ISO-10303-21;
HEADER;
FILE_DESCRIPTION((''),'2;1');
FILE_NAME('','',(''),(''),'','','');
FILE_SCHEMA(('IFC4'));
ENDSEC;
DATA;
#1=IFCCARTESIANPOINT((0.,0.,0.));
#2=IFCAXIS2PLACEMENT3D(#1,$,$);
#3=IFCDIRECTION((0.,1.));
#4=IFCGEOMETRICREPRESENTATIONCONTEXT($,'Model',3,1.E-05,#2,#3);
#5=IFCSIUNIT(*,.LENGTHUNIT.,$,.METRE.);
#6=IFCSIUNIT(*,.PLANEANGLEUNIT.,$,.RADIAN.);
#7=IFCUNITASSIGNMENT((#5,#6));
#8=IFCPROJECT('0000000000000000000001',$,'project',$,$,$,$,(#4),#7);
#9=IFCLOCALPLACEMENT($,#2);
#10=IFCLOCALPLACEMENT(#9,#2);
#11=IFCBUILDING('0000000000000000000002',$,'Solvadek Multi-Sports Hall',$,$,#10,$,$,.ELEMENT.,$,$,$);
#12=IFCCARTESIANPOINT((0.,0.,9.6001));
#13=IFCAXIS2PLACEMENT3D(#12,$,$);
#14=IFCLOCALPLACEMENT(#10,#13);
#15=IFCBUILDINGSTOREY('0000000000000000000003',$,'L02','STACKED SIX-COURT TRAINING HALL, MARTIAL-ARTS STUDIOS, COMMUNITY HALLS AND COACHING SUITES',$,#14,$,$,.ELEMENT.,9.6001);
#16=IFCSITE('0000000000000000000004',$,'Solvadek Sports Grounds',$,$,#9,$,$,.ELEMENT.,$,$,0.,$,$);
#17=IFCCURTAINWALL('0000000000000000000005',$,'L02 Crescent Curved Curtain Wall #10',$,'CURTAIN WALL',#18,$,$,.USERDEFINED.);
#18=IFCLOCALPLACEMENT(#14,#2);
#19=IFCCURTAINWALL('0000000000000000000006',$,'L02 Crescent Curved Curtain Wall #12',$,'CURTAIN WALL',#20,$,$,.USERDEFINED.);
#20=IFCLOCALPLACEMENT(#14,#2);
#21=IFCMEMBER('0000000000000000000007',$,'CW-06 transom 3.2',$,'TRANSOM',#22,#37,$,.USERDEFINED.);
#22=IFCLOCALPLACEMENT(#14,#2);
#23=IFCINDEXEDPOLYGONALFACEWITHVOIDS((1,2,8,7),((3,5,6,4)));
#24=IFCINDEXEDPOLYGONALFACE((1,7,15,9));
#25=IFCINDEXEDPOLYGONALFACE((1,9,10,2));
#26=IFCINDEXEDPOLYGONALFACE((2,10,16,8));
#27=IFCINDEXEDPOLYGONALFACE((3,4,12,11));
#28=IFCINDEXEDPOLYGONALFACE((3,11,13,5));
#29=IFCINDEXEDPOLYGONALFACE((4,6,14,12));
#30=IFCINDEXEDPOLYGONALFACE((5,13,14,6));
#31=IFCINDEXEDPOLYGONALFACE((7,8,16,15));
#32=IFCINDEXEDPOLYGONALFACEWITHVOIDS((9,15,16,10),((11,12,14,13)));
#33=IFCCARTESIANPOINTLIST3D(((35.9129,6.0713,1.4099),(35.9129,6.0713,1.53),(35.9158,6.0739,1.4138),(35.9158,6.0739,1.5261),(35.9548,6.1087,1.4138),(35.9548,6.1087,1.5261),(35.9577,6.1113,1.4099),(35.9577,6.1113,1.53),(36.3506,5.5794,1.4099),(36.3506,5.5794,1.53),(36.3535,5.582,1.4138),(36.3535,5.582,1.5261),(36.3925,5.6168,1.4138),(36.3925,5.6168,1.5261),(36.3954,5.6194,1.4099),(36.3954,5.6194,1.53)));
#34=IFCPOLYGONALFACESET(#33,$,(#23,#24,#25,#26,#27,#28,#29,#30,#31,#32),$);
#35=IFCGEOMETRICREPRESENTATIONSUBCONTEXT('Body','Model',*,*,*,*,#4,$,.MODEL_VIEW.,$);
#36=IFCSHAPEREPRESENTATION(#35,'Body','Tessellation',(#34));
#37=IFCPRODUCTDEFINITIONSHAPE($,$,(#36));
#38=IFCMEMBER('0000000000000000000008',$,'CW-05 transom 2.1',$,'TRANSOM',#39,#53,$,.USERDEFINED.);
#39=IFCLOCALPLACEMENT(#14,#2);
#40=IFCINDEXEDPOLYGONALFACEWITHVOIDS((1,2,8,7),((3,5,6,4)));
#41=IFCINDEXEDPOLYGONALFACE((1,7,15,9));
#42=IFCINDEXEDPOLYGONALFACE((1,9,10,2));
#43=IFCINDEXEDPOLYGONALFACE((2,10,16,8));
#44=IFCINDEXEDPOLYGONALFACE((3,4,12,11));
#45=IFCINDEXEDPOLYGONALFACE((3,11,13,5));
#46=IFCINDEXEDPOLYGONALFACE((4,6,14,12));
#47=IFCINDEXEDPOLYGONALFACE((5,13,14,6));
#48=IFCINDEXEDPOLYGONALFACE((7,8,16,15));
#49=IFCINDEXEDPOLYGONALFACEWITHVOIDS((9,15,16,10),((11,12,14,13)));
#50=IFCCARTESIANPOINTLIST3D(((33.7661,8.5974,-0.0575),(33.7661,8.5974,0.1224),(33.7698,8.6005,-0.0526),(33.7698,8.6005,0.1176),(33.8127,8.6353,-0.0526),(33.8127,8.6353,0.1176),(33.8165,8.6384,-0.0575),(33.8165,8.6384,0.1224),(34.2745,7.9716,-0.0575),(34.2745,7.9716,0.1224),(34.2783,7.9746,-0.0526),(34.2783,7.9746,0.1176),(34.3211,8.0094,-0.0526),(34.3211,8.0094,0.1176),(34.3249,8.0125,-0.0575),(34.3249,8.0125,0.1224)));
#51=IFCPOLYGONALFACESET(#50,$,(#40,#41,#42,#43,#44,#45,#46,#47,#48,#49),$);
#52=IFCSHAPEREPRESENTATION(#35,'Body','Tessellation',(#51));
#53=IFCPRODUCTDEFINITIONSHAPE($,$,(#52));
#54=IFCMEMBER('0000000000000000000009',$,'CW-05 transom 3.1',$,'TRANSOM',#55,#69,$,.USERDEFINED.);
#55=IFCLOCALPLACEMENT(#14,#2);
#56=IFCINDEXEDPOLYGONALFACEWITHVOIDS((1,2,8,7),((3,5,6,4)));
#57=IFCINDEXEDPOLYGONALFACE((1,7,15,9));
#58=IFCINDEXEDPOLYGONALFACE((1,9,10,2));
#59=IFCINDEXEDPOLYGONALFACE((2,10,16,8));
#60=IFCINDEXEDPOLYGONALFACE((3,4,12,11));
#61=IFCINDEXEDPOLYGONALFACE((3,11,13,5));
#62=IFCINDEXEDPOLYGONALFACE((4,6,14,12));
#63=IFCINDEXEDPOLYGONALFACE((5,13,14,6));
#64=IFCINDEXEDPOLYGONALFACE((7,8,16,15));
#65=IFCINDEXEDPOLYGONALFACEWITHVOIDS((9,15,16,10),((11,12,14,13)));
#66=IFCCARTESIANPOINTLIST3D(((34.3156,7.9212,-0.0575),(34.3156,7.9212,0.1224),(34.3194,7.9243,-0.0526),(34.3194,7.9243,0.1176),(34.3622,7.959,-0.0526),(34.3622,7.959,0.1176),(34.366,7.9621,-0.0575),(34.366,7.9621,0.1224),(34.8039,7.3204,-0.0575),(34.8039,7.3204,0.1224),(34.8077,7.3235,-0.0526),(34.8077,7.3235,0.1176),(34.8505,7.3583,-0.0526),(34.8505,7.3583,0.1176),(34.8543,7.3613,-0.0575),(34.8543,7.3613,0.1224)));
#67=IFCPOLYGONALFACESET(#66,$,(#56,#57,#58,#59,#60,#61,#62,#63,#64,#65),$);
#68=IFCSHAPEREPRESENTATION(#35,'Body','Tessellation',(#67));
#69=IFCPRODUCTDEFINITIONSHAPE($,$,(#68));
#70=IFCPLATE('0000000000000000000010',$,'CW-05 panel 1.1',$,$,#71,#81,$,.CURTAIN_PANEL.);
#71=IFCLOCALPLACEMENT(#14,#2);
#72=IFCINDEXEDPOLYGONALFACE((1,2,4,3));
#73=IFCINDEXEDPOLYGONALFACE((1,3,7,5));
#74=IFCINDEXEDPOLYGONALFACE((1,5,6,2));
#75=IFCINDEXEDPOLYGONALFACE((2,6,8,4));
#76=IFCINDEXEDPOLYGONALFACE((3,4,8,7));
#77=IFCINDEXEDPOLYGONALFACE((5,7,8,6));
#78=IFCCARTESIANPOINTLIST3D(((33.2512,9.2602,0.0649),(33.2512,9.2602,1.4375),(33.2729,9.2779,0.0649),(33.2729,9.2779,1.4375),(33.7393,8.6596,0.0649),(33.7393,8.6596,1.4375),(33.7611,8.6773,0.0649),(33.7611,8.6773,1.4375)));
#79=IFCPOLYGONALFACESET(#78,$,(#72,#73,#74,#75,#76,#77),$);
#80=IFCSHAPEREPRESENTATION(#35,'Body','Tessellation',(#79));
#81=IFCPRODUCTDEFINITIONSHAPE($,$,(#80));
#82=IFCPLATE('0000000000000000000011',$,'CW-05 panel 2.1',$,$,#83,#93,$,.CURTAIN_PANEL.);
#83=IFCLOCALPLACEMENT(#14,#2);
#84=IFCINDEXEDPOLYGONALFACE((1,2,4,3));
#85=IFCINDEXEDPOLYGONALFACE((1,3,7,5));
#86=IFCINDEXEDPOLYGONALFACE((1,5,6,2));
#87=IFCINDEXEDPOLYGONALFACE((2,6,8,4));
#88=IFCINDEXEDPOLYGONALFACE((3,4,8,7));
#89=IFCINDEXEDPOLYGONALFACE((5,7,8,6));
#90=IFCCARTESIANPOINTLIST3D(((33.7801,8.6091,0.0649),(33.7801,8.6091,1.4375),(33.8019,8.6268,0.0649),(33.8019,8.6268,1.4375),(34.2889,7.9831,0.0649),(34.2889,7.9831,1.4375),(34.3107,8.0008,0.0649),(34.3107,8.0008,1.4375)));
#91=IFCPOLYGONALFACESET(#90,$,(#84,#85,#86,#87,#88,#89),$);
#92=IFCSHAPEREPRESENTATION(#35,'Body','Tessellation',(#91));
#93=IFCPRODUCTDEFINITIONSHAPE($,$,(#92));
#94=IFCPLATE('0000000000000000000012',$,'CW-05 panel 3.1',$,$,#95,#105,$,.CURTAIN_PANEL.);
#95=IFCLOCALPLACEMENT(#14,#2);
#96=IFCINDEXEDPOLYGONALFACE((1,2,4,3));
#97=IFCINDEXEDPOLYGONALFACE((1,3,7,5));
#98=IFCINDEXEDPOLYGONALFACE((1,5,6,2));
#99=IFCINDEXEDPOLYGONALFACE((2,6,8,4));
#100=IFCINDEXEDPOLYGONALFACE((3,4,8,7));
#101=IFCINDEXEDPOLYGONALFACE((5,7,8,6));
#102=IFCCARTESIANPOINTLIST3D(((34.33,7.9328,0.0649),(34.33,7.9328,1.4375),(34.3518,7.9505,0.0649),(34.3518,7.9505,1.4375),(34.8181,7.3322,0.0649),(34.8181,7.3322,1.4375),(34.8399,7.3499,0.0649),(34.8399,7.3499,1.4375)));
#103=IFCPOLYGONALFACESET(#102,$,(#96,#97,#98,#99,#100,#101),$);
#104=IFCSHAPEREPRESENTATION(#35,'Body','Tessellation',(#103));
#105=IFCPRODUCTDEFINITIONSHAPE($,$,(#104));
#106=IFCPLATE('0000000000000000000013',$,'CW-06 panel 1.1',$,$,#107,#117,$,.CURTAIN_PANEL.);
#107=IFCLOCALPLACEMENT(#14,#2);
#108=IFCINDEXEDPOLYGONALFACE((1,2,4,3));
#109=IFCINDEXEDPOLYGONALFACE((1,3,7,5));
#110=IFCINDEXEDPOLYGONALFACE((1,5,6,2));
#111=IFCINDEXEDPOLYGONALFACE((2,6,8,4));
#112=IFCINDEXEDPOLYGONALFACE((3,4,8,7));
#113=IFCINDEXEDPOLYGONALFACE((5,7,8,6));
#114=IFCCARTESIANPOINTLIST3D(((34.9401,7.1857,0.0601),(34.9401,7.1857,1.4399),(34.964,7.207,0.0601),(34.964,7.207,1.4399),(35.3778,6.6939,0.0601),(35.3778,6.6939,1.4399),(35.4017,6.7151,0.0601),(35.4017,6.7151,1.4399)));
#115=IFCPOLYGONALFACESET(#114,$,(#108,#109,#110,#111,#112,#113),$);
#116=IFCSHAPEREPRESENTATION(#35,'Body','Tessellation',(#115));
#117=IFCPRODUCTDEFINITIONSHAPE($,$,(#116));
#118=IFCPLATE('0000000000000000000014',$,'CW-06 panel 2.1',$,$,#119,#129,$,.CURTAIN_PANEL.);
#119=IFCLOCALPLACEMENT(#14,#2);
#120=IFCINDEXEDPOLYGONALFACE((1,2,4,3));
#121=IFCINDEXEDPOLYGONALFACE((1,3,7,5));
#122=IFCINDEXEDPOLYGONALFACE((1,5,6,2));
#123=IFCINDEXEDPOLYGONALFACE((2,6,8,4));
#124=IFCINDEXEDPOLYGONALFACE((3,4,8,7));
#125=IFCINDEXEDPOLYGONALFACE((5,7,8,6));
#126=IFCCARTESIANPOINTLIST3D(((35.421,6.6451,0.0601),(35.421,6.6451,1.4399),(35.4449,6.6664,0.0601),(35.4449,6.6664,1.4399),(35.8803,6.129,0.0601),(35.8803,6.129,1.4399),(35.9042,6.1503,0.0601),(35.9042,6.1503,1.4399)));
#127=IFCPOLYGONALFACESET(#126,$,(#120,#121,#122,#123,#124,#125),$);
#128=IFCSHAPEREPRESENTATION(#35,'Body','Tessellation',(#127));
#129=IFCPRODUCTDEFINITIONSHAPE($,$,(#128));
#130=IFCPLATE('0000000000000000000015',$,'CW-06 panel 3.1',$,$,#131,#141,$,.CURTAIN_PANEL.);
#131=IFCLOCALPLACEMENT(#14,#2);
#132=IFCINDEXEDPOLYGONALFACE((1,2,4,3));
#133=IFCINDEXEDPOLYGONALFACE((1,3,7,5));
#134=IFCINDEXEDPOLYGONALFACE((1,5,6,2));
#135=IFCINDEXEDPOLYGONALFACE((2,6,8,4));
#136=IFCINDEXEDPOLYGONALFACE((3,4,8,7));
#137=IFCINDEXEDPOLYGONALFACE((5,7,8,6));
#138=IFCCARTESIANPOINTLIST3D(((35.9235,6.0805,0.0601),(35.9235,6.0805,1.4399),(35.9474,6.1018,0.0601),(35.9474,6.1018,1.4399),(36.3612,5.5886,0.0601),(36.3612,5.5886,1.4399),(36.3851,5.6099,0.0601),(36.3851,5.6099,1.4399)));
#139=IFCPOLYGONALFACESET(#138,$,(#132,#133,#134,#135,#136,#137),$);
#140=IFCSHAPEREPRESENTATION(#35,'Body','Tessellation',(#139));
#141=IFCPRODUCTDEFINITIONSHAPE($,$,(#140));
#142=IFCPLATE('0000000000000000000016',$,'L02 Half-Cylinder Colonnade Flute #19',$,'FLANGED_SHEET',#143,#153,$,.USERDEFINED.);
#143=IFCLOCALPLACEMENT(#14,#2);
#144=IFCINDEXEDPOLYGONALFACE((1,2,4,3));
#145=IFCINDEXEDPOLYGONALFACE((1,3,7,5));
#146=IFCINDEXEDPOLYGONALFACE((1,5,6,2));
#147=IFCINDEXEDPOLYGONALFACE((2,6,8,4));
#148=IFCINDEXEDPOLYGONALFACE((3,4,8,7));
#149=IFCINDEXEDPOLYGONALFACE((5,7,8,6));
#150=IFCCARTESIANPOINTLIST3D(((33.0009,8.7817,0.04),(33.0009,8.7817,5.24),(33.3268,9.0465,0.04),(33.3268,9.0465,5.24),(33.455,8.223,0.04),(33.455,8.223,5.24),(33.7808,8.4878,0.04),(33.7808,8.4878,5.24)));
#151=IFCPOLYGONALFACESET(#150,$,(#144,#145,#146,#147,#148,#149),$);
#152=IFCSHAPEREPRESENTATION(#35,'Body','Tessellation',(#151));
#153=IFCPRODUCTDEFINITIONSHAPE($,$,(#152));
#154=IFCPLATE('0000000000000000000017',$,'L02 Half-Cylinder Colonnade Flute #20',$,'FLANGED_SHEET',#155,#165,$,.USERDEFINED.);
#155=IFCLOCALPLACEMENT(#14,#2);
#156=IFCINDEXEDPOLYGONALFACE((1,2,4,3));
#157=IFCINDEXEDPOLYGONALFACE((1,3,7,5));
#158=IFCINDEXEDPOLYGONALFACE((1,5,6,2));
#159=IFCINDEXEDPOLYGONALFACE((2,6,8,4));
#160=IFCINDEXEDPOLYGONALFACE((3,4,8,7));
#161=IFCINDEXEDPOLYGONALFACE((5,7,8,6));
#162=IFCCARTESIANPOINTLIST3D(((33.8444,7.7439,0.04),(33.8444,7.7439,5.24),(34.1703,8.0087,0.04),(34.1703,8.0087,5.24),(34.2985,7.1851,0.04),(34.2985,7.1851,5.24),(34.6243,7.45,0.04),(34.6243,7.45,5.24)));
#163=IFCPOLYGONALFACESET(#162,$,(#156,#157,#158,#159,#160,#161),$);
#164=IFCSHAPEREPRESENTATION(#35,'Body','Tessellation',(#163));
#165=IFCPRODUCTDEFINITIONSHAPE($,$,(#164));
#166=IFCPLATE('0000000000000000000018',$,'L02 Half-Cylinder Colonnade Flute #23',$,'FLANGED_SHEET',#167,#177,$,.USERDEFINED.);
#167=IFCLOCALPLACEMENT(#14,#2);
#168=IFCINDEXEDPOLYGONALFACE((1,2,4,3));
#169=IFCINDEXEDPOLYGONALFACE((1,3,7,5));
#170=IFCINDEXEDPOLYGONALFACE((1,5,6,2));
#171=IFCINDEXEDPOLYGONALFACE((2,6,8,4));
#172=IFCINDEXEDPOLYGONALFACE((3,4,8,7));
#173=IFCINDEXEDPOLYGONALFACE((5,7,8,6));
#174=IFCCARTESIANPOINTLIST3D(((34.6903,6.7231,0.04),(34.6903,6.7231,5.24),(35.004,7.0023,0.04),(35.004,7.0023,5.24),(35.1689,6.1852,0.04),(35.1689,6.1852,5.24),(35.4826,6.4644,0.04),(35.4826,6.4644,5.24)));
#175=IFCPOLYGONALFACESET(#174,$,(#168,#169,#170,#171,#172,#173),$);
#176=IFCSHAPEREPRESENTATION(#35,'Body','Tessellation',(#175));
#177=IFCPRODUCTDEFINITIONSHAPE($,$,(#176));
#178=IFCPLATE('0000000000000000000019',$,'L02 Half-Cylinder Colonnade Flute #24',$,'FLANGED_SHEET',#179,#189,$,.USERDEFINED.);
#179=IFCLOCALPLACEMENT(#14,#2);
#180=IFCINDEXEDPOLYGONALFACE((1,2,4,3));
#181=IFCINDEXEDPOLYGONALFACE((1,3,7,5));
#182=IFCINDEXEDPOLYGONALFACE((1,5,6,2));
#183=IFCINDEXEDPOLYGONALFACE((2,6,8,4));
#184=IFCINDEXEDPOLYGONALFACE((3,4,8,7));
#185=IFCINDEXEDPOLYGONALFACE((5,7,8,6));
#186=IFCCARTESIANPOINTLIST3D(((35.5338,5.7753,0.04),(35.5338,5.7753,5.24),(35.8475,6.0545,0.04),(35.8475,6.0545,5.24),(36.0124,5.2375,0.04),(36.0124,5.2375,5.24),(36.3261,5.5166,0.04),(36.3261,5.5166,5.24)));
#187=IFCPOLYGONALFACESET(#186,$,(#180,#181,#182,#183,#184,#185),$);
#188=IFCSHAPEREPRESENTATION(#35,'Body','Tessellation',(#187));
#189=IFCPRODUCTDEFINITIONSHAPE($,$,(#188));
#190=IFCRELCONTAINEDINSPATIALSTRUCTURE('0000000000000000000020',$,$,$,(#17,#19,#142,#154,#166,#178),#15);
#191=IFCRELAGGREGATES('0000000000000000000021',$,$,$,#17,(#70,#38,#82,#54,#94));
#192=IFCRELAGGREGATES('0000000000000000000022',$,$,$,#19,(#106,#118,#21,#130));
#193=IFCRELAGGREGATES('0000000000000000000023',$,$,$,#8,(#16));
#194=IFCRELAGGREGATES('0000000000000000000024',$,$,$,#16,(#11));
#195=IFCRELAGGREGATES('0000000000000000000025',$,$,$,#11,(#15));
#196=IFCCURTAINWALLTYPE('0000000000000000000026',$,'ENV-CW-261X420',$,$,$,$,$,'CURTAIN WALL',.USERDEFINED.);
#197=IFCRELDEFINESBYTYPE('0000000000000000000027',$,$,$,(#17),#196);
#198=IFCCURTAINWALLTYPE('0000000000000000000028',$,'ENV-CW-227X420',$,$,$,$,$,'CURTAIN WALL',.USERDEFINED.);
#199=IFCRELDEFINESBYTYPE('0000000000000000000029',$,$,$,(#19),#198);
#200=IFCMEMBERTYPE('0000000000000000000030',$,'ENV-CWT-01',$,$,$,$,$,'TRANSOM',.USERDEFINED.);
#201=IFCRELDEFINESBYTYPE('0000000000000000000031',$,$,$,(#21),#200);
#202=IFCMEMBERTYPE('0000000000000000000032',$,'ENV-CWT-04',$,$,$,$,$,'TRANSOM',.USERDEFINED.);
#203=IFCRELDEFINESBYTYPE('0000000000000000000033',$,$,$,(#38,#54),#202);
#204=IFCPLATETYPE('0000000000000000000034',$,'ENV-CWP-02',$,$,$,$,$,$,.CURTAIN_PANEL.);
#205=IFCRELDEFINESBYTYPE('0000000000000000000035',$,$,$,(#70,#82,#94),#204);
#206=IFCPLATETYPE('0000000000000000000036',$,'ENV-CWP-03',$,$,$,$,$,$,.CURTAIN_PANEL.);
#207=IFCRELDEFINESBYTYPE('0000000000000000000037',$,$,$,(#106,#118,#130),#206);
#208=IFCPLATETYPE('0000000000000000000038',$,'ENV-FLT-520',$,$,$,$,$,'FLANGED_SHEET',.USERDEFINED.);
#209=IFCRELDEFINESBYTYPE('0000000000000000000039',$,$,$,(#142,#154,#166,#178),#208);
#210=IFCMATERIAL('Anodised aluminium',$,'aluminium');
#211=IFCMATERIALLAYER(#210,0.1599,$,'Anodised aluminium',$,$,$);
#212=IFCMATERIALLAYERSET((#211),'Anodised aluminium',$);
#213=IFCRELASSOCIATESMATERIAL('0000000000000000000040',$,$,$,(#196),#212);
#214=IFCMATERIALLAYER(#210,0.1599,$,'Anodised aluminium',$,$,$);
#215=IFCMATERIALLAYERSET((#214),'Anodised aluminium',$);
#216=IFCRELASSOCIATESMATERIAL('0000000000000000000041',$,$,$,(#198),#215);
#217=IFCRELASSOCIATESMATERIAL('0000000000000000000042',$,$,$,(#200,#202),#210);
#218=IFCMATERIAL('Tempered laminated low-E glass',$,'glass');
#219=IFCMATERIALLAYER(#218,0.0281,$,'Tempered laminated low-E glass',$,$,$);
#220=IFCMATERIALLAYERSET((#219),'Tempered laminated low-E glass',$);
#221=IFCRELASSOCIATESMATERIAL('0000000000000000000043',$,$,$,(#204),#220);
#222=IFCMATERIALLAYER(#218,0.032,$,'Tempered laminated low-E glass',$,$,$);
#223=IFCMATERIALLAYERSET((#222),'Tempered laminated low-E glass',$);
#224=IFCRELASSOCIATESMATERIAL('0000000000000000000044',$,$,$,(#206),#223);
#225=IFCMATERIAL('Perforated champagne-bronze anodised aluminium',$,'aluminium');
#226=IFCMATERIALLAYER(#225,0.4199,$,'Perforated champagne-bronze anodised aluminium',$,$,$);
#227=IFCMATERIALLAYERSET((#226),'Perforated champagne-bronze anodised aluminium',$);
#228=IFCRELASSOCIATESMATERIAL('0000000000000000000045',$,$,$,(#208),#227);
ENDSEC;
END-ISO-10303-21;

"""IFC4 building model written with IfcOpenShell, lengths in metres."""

from ifc_helpers import new_model, si_unit, direction, frame, origin, origin_2d, place, context, subcontext, project, spatial, rectangle, hollow_rectangle, extrude, material, layer, layer_set, material_profile, profile_set, type_object, element, aggregate, save


model = new_model("IFC4")

# Units and contexts
model_context = context("Model", 3, precision=1e-05, world=origin(), true_north=direction((0.0, 1.0)))
body_context = subcontext(model_context, "Body", "Model", "MODEL_VIEW")
ifc_project = project(units=[si_unit("LENGTHUNIT", "METRE"), si_unit("PLANEANGLEUNIT", "RADIAN")], contexts=[model_context])

# Site, building, storey
site_placement = place(None, origin())
site = spatial("IfcSite", under=ifc_project, at=site_placement, Name="Solvadek Sports Grounds", CompositionType="ELEMENT", RefElevation=0.0)
building_placement = place(site_placement, origin())
building = spatial("IfcBuilding", under=site, at=building_placement, Name="Solvadek Multi-Sports Hall", CompositionType="ELEMENT")
storey_placement = place(building_placement, frame((0.0, 0.0, 9.6001)))
storey = spatial("IfcBuildingStorey", under=building, at=storey_placement, Name="L02", Description="STACKED SIX-COURT TRAINING HALL, MARTIAL-ARTS STUDIOS, COMMUNITY HALLS AND COACHING SUITES", CompositionType="ELEMENT", Elevation=9.6001)

# Curtain walls, member
ifc_material_1 = material(Name="Anodised aluminium", Category="aluminium")
ifc_layer_1 = layer(ifc_material_1, 0.1599, Name="Anodised aluminium")
ifc_layer_set_1 = layer_set([ifc_layer_1], Name="Anodised aluminium")
curtain_wall_type_1 = type_object("IfcCurtainWallType", Name="ENV-CW-261X420", ElementType="CURTAIN WALL", PredefinedType="USERDEFINED", material=ifc_layer_set_1)
curtain_wall_1_placement = place(storey_placement, origin())
curtain_wall_1 = element("IfcCurtainWall", 1, at=curtain_wall_1_placement, inside=storey, type_object=curtain_wall_type_1, Name="L02 Crescent Curved Curtain Wall #10", ObjectType="CURTAIN WALL", PredefinedType="USERDEFINED")
ifc_layer_2 = layer(ifc_material_1, 0.1599, Name="Anodised aluminium")
ifc_layer_set_2 = layer_set([ifc_layer_2], Name="Anodised aluminium")
curtain_wall_type_2 = type_object("IfcCurtainWallType", Name="ENV-CW-227X420", ElementType="CURTAIN WALL", PredefinedType="USERDEFINED", material=ifc_layer_set_2)
curtain_wall_2_placement = place(storey_placement, origin())
curtain_wall_2 = element("IfcCurtainWall", 2, at=curtain_wall_2_placement, inside=storey, type_object=curtain_wall_type_2, Name="L02 Crescent Curved Curtain Wall #12", ObjectType="CURTAIN WALL", PredefinedType="USERDEFINED")
ifc_material_profile_1 = material_profile(ifc_material_1, hollow_rectangle(XDim=0.0601, YDim=0.1201, WallThickness=0.0039, at=origin_2d()), Name="ALU-T 120x60x4")
ifc_profile_set_1 = profile_set([ifc_material_profile_1], Name="Anodised aluminium")
member_type_1 = type_object("IfcMemberType", Name="ENV-CWT-01", ElementType="TRANSOM", PredefinedType="USERDEFINED", material=ifc_profile_set_1)
member_1_placement = place(storey_placement, frame((35.9353, 6.0913, 1.47), z_axis=(0.664755, -0.747061, 0.0), x_axis=(0.747061, 0.664755, 0.0)))
member_1 = element("IfcMember", 3, at=member_1_placement, type_object=member_type_1, Name="CW-06 transom 3.2", ObjectType="TRANSOM", PredefinedType="USERDEFINED", context=body_context, shape_type="SweptSolid", body=[
    extrude(hollow_rectangle(XDim=0.0601, YDim=0.1201, WallThickness=0.0039, at=origin_2d()), origin(), (0.0, 0.0, 1.0), 0.6584),
])

# Members
ifc_material_profile_2 = material_profile(ifc_material_1, hollow_rectangle(XDim=0.0649, YDim=0.1799, WallThickness=0.0049, at=origin_2d()), Name="ALU-T 180x65x5")
ifc_profile_set_2 = profile_set([ifc_material_profile_2], Name="Anodised aluminium")
member_type_2 = type_object("IfcMemberType", Name="ENV-CWT-04", ElementType="TRANSOM", PredefinedType="USERDEFINED", material=ifc_profile_set_2)
member_2_placement = place(storey_placement, frame((33.7913, 8.6179, 0.0325), z_axis=(0.630547, -0.776151, 0.0), x_axis=(0.776151, 0.630547, 0.0)))
member_2 = element("IfcMember", 4, at=member_2_placement, type_object=member_type_2, Name="CW-05 transom 2.1", ObjectType="TRANSOM", PredefinedType="USERDEFINED", context=body_context, shape_type="SweptSolid", body=[
    extrude(hollow_rectangle(XDim=0.0649, YDim=0.1799, WallThickness=0.0049, at=origin_2d()), origin(), (0.0, 0.0, 1.0), 0.8064),
])
member_3_placement = place(storey_placement, frame((34.3408, 7.9417, 0.0325), z_axis=(0.630676, -0.776046, 0.0), x_axis=(0.776046, 0.630676, 0.0)))
member_3 = element("IfcMember", 5, at=member_3_placement, type_object=member_type_2, Name="CW-05 transom 3.1", ObjectType="TRANSOM", PredefinedType="USERDEFINED", context=body_context, shape_type="SweptSolid", body=[
    extrude(hollow_rectangle(XDim=0.0649, YDim=0.1799, WallThickness=0.0049, at=origin_2d()), origin(), (0.0, 0.0, 1.0), 0.7742),
])

# Plates
ifc_material_2 = material(Name="Tempered laminated low-E glass", Category="glass")
ifc_layer_3 = layer(ifc_material_2, 0.0281, Name="Tempered laminated low-E glass")
ifc_layer_set_3 = layer_set([ifc_layer_3], Name="Tempered laminated low-E glass")
plate_type_1 = type_object("IfcPlateType", Name="ENV-CWP-02", PredefinedType="CURTAIN_PANEL", material=ifc_layer_set_3)
plate_1_placement = place(storey_placement, frame((33.5061, 8.9688, 0.0649), z_axis=(0.0, 0.0, 1.0), x_axis=(0.630693, -0.776032, 0.0)))
plate_1 = element("IfcPlate", 6, at=plate_1_placement, type_object=plate_type_1, Name="CW-05 panel 1.1", PredefinedType="CURTAIN_PANEL", context=body_context, shape_type="SweptSolid", body=[
    extrude(rectangle(XDim=0.7739, YDim=0.0281, at=origin_2d()), origin(), (0.0, 0.0, 1.0), 1.3726),
])
plate_2_placement = place(storey_placement, frame((34.0454, 8.3049, 0.0649), z_axis=(0.0, 0.0, 1.0), x_axis=(0.630693, -0.776032, 0.0)))
plate_2 = element("IfcPlate", 7, at=plate_2_placement, type_object=plate_type_1, Name="CW-05 panel 2.1", PredefinedType="CURTAIN_PANEL", context=body_context, shape_type="SweptSolid", body=[
    extrude(rectangle(XDim=0.8066, YDim=0.0281, at=origin_2d()), origin(), (0.0, 0.0, 1.0), 1.3726),
])
plate_3_placement = place(storey_placement, frame((34.585, 7.6414, 0.0649), z_axis=(0.0, 0.0, 1.0), x_axis=(0.630693, -0.776032, 0.0)))
plate_3 = element("IfcPlate", 8, at=plate_3_placement, type_object=plate_type_1, Name="CW-05 panel 3.1", PredefinedType="CURTAIN_PANEL", context=body_context, shape_type="SweptSolid", body=[
    extrude(rectangle(XDim=0.7739, YDim=0.0281, at=origin_2d()), origin(), (0.0, 0.0, 1.0), 1.3726),
])
aggregate(curtain_wall_1, [plate_1, member_2, plate_2, member_3, plate_3])
ifc_layer_4 = layer(ifc_material_2, 0.032, Name="Tempered laminated low-E glass")
ifc_layer_set_4 = layer_set([ifc_layer_4], Name="Tempered laminated low-E glass")
plate_type_2 = type_object("IfcPlateType", Name="ENV-CWP-03", PredefinedType="CURTAIN_PANEL", material=ifc_layer_set_4)
plate_4_placement = place(storey_placement, frame((35.1709, 6.9504, 0.0601), z_axis=(0.0, 0.0, 1.0), x_axis=(0.664788, -0.747032, 0.0)))
plate_4 = element("IfcPlate", 9, at=plate_4_placement, type_object=plate_type_2, Name="CW-06 panel 1.1", PredefinedType="CURTAIN_PANEL", context=body_context, shape_type="SweptSolid", body=[
    extrude(rectangle(XDim=0.6584, YDim=0.032, at=origin_2d()), origin(), (0.0, 0.0, 1.0), 1.3799),
])
plate_5_placement = place(storey_placement, frame((35.6626, 6.3977, 0.0601), z_axis=(0.0, 0.0, 1.0), x_axis=(0.664788, -0.747032, 0.0)))
plate_5 = element("IfcPlate", 10, at=plate_5_placement, type_object=plate_type_2, Name="CW-06 panel 2.1", PredefinedType="CURTAIN_PANEL", context=body_context, shape_type="SweptSolid", body=[
    extrude(rectangle(XDim=0.6909, YDim=0.032, at=origin_2d()), origin(), (0.0, 0.0, 1.0), 1.3799),
])
plate_6_placement = place(storey_placement, frame((36.1543, 5.8452, 0.0601), z_axis=(0.0, 0.0, 1.0), x_axis=(0.664788, -0.747032, 0.0)))
plate_6 = element("IfcPlate", 11, at=plate_6_placement, type_object=plate_type_2, Name="CW-06 panel 3.1", PredefinedType="CURTAIN_PANEL", context=body_context, shape_type="SweptSolid", body=[
    extrude(rectangle(XDim=0.6584, YDim=0.032, at=origin_2d()), origin(), (0.0, 0.0, 1.0), 1.3799),
])
aggregate(curtain_wall_2, [plate_4, plate_5, member_1, plate_6])

# Plates
ifc_material_3 = material(Name="Perforated champagne-bronze anodised aluminium", Category="aluminium")
ifc_layer_5 = layer(ifc_material_3, 0.4199, Name="Perforated champagne-bronze anodised aluminium")
ifc_layer_set_5 = layer_set([ifc_layer_5], Name="Perforated champagne-bronze anodised aluminium")
plate_type_3 = type_object("IfcPlateType", Name="ENV-FLT-520", ElementType="FLANGED_SHEET", PredefinedType="USERDEFINED", material=ifc_layer_set_5)
for number, where, z_axis, x_axis, name in (
    (12, (33.3909, 8.6348, 0.04), (0.0, 0.0, 1.0), (0.630677, -0.776045, 0.0), "L02 Half-Cylinder Colonnade Flute #19"),
    (13, (34.2344, 7.5969, 0.04), (0.0, 0.0, 1.0), (0.630677, -0.776045, 0.0), "L02 Half-Cylinder Colonnade Flute #20"),
    (14, (35.0864, 6.5938, 0.04), (0.0, 0.0, 1.0), (0.664767, -0.74705, 0.0), "L02 Half-Cylinder Colonnade Flute #23"),
    (15, (35.9299, 5.646, 0.04), (0.0, 0.0, 1.0), (0.664767, -0.74705, 0.0), "L02 Half-Cylinder Colonnade Flute #24"),
):
    element("IfcPlate", number, at=place(storey_placement, frame(where, z_axis=z_axis, x_axis=x_axis)), inside=storey, type_object=plate_type_3, Name=name, ObjectType="FLANGED_SHEET", PredefinedType="USERDEFINED", context=body_context, shape_type="SweptSolid", body=[
        extrude(rectangle(XDim=0.72, YDim=0.4199, at=origin_2d()), origin(), (0.0, 0.0, 1.0), 5.2),
    ])

save(model, "model.ifc")
